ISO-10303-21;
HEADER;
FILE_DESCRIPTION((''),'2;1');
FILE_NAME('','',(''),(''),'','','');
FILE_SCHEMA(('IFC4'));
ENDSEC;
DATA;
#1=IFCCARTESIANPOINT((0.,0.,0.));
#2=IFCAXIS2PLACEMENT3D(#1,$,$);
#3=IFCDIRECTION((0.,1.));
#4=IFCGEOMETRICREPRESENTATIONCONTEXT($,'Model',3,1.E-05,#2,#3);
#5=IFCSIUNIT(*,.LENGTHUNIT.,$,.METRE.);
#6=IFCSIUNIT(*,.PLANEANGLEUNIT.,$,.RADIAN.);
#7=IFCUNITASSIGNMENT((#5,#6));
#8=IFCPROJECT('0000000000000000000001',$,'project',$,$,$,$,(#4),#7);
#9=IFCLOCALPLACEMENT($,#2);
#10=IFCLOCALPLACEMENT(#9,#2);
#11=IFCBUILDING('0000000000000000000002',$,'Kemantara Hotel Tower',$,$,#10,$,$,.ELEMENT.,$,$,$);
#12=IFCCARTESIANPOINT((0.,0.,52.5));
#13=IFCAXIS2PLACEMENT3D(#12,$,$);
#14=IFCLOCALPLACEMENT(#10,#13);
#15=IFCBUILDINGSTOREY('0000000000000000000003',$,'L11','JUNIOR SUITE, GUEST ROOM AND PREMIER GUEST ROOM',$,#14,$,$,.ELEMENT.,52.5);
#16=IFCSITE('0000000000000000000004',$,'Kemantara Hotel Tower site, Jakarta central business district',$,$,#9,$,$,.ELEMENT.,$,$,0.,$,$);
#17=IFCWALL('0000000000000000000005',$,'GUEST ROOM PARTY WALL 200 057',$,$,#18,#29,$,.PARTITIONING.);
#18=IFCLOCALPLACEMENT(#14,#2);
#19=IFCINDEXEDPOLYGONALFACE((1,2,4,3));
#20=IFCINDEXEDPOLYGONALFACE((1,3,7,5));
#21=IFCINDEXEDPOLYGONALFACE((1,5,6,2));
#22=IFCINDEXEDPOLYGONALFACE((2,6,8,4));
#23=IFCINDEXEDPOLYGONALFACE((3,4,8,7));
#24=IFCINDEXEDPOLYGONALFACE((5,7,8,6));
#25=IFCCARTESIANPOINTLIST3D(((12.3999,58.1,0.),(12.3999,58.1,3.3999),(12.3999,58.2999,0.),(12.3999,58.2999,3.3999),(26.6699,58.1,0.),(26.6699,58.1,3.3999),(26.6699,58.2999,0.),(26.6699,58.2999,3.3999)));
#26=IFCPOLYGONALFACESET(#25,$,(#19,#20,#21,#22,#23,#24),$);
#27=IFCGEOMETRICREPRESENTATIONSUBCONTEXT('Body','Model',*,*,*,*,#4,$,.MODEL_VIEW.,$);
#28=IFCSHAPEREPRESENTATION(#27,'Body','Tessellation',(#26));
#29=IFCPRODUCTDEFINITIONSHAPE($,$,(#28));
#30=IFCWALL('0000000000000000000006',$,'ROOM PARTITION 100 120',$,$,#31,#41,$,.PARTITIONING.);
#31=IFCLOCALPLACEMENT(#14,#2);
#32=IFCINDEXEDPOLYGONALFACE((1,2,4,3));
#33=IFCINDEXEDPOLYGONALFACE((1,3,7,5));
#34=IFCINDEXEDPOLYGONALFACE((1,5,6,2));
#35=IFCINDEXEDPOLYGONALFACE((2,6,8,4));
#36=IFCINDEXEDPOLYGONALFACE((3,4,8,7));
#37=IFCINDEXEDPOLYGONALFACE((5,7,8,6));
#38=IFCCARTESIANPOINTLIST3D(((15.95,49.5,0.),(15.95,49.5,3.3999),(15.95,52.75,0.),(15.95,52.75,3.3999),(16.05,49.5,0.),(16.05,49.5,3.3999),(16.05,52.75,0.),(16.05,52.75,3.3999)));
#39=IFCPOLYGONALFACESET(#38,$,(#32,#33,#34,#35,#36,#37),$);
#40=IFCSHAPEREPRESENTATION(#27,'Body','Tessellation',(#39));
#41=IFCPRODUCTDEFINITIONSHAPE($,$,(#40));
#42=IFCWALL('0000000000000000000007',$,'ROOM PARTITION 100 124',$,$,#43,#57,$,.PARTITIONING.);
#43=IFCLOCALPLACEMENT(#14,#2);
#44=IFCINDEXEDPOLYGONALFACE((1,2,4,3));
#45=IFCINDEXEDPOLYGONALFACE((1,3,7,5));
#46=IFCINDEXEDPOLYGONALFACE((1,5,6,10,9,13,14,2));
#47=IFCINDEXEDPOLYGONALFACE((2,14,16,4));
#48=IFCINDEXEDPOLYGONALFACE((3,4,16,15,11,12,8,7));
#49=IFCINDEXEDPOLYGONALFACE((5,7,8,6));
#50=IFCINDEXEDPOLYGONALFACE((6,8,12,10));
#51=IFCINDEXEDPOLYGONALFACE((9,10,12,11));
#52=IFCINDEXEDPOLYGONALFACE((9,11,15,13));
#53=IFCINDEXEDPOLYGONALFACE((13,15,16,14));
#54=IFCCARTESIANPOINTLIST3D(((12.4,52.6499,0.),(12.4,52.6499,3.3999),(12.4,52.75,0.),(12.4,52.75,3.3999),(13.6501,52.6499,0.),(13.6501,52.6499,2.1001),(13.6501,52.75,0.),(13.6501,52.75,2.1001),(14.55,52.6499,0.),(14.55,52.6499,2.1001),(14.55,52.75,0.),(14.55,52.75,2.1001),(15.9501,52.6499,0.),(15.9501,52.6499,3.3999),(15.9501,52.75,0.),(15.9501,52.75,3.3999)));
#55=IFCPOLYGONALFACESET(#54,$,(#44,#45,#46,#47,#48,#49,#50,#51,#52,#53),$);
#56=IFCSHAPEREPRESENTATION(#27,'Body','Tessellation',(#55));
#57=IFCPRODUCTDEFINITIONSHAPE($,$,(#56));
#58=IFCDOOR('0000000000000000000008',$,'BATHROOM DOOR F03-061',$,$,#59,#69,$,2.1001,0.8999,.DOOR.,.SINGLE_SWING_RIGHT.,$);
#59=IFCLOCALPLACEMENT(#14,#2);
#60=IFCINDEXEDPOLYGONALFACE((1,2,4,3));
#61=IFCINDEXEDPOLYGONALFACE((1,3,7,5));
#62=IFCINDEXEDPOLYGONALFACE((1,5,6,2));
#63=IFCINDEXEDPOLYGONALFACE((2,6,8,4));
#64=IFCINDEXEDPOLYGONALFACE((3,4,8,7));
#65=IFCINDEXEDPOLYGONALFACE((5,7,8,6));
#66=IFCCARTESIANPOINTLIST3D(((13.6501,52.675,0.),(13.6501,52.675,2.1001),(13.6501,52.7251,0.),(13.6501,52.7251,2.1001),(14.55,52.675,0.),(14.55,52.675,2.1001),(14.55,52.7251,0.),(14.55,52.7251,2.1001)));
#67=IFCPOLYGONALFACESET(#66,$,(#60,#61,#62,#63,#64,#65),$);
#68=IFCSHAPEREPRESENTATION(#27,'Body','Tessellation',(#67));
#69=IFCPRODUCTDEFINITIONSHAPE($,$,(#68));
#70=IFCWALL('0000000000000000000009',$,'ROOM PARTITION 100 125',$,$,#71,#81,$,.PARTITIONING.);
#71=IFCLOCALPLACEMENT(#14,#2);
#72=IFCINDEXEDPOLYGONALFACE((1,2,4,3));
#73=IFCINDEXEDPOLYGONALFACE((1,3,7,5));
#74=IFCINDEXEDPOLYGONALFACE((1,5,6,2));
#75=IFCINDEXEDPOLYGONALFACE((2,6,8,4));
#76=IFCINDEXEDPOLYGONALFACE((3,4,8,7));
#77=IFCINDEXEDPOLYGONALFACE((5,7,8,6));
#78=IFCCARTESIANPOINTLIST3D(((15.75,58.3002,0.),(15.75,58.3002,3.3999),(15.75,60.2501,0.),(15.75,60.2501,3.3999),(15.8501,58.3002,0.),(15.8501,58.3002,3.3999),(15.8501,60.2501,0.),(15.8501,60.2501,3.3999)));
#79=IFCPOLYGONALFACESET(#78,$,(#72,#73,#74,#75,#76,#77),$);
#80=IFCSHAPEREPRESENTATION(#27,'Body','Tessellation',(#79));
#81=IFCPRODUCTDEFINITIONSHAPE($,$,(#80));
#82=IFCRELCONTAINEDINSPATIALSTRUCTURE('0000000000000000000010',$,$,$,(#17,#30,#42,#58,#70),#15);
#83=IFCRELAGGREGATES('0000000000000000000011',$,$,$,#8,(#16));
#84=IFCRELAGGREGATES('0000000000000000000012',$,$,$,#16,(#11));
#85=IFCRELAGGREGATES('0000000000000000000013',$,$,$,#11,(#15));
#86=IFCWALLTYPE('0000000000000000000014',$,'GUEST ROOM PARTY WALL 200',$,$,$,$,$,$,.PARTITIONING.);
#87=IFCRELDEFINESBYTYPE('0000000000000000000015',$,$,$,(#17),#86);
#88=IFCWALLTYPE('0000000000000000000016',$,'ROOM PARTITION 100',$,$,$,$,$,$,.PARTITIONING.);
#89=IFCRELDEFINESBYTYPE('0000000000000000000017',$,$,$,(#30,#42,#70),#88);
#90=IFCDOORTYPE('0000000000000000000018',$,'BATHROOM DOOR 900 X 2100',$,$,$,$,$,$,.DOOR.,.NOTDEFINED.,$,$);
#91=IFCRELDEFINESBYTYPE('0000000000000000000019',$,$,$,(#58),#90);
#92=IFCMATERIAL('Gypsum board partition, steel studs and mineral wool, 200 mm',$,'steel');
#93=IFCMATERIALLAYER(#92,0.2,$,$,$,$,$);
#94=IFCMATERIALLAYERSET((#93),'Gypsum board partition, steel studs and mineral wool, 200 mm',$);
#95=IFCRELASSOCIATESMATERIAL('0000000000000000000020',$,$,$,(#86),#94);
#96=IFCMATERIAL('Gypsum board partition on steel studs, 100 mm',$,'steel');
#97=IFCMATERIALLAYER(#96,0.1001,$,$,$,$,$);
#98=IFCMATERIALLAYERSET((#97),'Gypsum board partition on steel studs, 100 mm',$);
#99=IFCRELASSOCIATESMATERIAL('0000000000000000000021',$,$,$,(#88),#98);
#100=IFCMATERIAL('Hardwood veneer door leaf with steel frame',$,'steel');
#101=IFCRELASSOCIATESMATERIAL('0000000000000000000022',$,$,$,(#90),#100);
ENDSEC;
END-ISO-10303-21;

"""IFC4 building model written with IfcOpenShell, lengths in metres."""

from ifc_helpers import new_model, si_unit, direction, frame, frame_2d, origin, place, context, subcontext, project, spatial, rectangle, extrude, material, layer, layer_set, type_object, element, fill, save


model = new_model("IFC4")

# Units and contexts
model_context = context("Model", 3, precision=1e-05, world=origin(), true_north=direction((0.0, 1.0)))
body_context = subcontext(model_context, "Body", "Model", "MODEL_VIEW")
ifc_project = project(units=[si_unit("LENGTHUNIT", "METRE"), si_unit("PLANEANGLEUNIT", "RADIAN")], contexts=[model_context])

# Site, building, storey
site_placement = place(None, origin())
site = spatial("IfcSite", under=ifc_project, at=site_placement, Name="Kemantara Hotel Tower site, Jakarta central business district", CompositionType="ELEMENT", RefElevation=0.0)
building_placement = place(site_placement, origin())
building = spatial("IfcBuilding", under=site, at=building_placement, Name="Kemantara Hotel Tower", CompositionType="ELEMENT")
storey_placement = place(building_placement, frame((0.0, 0.0, 52.5)))
storey = spatial("IfcBuildingStorey", under=building, at=storey_placement, Name="L11", Description="JUNIOR SUITE, GUEST ROOM AND PREMIER GUEST ROOM", CompositionType="ELEMENT", Elevation=52.5)

# Shared definitions
ifc_material_1 = material(Name="Gypsum board partition, steel studs and mineral wool, 200 mm", Category="steel")
ifc_material_2 = material(Name="Hardwood veneer door leaf with steel frame", Category="steel")

# Walls
ifc_layer_1 = layer(ifc_material_1, 0.2)
ifc_layer_set_1 = layer_set([ifc_layer_1], Name="Gypsum board partition, steel studs and mineral wool, 200 mm")
wall_type_1 = type_object("IfcWallType", Name="GUEST ROOM PARTY WALL 200", PredefinedType="PARTITIONING", material=ifc_layer_set_1)
for number, where, z_axis, x_axis, name in (
    (1, (12.3999, 58.2, 0.0), (0.0, 0.0, 1.0), (1.0, 0.0, 0.0), "GUEST ROOM PARTY WALL 200 057"),
):
    element("IfcWall", number, at=place(storey_placement, frame(where, z_axis=z_axis, x_axis=x_axis)), inside=storey, type_object=wall_type_1, Name=name, PredefinedType="PARTITIONING", context=body_context, shape_type="SweptSolid", body=[
        extrude(rectangle(XDim=14.27, YDim=0.2, at=frame_2d((7.135, 0.0))), origin(), (0.0, 0.0, 1.0), 3.3999),
    ])
ifc_material_3 = material(Name="Gypsum board partition on steel studs, 100 mm", Category="steel")
ifc_layer_2 = layer(ifc_material_3, 0.1001)
ifc_layer_set_2 = layer_set([ifc_layer_2], Name="Gypsum board partition on steel studs, 100 mm")
wall_type_2 = type_object("IfcWallType", Name="ROOM PARTITION 100", PredefinedType="PARTITIONING", material=ifc_layer_set_2)
wall_1_placement = place(storey_placement, frame((16.0, 49.5, 0.0), z_axis=(0.0, 0.0, 1.0), x_axis=(0.0, 1.0, 0.0)))
element("IfcWall", 2, at=wall_1_placement, inside=storey, type_object=wall_type_2, Name="ROOM PARTITION 100 120", PredefinedType="PARTITIONING", context=body_context, shape_type="SweptSolid", body=[
    extrude(rectangle(XDim=3.25, YDim=0.1001, at=frame_2d((1.625, 0.0))), origin(), (0.0, 0.0, 1.0), 3.3999),
])

# Wall, opening, door
wall_2_placement = place(storey_placement, frame((15.95, 52.7, 0.0), z_axis=(0.0, 0.0, 1.0), x_axis=(-1.0, 0.0, 0.0)))
wall_2 = element("IfcWall", 3, at=wall_2_placement, inside=storey, type_object=wall_type_2, Name="ROOM PARTITION 100 124", PredefinedType="PARTITIONING", context=body_context, shape_type="SweptSolid", body=[
    extrude(rectangle(XDim=3.55, YDim=0.1001, at=frame_2d((1.7749, 0.0))), origin(), (0.0, 0.0, 1.0), 3.3999),
])
opening_1_placement = place(wall_2_placement, frame((1.3999, 0.0, 0.0)))
opening_1 = element("IfcOpeningElement", 4, at=opening_1_placement, cuts=wall_2, PredefinedType="OPENING", context=body_context, shape_type="SweptSolid", body=[
    extrude(rectangle(XDim=0.8999, YDim=2.1001, at=frame_2d((0.45, 1.05))), frame((0.0, 0.0601, 0.0), z_axis=(0.0, -1.0, 0.0), x_axis=(1.0, 0.0, 0.0)), (0.0, 0.0, 1.0), 0.1201),
])
door_type_1 = type_object("IfcDoorType", Name="BATHROOM DOOR 900 X 2100", OperationType="NOTDEFINED", PredefinedType="DOOR", material=ifc_material_2)
door_1_placement = place(opening_1_placement, origin())
door_1 = element("IfcDoor", 5, at=door_1_placement, inside=storey, type_object=door_type_1, Name="BATHROOM DOOR F03-061", OperationType="SINGLE_SWING_RIGHT", OverallHeight=2.1001, OverallWidth=0.8999, PredefinedType="DOOR", context=body_context, shape_type="SweptSolid", body=[
    extrude(rectangle(XDim=0.8999, YDim=2.1001, at=frame_2d((0.45, 1.05))), frame((0.0, 0.0249, 0.0), z_axis=(0.0, -1.0, 0.0), x_axis=(1.0, 0.0, 0.0)), (0.0, 0.0, 1.0), 0.05),
])
fill(opening_1, door_1)

# Wall
wall_3_placement = place(storey_placement, frame((15.8, 58.3, 0.0), z_axis=(0.0, 0.0, 1.0), x_axis=(0.0, 1.0, 0.0)))
element("IfcWall", 6, at=wall_3_placement, inside=storey, type_object=wall_type_2, Name="ROOM PARTITION 100 125", PredefinedType="PARTITIONING", context=body_context, shape_type="SweptSolid", body=[
    extrude(rectangle(XDim=1.95, YDim=0.1001, at=frame_2d((0.9751, 0.0))), origin(), (0.0, 0.0, 1.0), 3.3999),
])

save(model, "model.ifc")
